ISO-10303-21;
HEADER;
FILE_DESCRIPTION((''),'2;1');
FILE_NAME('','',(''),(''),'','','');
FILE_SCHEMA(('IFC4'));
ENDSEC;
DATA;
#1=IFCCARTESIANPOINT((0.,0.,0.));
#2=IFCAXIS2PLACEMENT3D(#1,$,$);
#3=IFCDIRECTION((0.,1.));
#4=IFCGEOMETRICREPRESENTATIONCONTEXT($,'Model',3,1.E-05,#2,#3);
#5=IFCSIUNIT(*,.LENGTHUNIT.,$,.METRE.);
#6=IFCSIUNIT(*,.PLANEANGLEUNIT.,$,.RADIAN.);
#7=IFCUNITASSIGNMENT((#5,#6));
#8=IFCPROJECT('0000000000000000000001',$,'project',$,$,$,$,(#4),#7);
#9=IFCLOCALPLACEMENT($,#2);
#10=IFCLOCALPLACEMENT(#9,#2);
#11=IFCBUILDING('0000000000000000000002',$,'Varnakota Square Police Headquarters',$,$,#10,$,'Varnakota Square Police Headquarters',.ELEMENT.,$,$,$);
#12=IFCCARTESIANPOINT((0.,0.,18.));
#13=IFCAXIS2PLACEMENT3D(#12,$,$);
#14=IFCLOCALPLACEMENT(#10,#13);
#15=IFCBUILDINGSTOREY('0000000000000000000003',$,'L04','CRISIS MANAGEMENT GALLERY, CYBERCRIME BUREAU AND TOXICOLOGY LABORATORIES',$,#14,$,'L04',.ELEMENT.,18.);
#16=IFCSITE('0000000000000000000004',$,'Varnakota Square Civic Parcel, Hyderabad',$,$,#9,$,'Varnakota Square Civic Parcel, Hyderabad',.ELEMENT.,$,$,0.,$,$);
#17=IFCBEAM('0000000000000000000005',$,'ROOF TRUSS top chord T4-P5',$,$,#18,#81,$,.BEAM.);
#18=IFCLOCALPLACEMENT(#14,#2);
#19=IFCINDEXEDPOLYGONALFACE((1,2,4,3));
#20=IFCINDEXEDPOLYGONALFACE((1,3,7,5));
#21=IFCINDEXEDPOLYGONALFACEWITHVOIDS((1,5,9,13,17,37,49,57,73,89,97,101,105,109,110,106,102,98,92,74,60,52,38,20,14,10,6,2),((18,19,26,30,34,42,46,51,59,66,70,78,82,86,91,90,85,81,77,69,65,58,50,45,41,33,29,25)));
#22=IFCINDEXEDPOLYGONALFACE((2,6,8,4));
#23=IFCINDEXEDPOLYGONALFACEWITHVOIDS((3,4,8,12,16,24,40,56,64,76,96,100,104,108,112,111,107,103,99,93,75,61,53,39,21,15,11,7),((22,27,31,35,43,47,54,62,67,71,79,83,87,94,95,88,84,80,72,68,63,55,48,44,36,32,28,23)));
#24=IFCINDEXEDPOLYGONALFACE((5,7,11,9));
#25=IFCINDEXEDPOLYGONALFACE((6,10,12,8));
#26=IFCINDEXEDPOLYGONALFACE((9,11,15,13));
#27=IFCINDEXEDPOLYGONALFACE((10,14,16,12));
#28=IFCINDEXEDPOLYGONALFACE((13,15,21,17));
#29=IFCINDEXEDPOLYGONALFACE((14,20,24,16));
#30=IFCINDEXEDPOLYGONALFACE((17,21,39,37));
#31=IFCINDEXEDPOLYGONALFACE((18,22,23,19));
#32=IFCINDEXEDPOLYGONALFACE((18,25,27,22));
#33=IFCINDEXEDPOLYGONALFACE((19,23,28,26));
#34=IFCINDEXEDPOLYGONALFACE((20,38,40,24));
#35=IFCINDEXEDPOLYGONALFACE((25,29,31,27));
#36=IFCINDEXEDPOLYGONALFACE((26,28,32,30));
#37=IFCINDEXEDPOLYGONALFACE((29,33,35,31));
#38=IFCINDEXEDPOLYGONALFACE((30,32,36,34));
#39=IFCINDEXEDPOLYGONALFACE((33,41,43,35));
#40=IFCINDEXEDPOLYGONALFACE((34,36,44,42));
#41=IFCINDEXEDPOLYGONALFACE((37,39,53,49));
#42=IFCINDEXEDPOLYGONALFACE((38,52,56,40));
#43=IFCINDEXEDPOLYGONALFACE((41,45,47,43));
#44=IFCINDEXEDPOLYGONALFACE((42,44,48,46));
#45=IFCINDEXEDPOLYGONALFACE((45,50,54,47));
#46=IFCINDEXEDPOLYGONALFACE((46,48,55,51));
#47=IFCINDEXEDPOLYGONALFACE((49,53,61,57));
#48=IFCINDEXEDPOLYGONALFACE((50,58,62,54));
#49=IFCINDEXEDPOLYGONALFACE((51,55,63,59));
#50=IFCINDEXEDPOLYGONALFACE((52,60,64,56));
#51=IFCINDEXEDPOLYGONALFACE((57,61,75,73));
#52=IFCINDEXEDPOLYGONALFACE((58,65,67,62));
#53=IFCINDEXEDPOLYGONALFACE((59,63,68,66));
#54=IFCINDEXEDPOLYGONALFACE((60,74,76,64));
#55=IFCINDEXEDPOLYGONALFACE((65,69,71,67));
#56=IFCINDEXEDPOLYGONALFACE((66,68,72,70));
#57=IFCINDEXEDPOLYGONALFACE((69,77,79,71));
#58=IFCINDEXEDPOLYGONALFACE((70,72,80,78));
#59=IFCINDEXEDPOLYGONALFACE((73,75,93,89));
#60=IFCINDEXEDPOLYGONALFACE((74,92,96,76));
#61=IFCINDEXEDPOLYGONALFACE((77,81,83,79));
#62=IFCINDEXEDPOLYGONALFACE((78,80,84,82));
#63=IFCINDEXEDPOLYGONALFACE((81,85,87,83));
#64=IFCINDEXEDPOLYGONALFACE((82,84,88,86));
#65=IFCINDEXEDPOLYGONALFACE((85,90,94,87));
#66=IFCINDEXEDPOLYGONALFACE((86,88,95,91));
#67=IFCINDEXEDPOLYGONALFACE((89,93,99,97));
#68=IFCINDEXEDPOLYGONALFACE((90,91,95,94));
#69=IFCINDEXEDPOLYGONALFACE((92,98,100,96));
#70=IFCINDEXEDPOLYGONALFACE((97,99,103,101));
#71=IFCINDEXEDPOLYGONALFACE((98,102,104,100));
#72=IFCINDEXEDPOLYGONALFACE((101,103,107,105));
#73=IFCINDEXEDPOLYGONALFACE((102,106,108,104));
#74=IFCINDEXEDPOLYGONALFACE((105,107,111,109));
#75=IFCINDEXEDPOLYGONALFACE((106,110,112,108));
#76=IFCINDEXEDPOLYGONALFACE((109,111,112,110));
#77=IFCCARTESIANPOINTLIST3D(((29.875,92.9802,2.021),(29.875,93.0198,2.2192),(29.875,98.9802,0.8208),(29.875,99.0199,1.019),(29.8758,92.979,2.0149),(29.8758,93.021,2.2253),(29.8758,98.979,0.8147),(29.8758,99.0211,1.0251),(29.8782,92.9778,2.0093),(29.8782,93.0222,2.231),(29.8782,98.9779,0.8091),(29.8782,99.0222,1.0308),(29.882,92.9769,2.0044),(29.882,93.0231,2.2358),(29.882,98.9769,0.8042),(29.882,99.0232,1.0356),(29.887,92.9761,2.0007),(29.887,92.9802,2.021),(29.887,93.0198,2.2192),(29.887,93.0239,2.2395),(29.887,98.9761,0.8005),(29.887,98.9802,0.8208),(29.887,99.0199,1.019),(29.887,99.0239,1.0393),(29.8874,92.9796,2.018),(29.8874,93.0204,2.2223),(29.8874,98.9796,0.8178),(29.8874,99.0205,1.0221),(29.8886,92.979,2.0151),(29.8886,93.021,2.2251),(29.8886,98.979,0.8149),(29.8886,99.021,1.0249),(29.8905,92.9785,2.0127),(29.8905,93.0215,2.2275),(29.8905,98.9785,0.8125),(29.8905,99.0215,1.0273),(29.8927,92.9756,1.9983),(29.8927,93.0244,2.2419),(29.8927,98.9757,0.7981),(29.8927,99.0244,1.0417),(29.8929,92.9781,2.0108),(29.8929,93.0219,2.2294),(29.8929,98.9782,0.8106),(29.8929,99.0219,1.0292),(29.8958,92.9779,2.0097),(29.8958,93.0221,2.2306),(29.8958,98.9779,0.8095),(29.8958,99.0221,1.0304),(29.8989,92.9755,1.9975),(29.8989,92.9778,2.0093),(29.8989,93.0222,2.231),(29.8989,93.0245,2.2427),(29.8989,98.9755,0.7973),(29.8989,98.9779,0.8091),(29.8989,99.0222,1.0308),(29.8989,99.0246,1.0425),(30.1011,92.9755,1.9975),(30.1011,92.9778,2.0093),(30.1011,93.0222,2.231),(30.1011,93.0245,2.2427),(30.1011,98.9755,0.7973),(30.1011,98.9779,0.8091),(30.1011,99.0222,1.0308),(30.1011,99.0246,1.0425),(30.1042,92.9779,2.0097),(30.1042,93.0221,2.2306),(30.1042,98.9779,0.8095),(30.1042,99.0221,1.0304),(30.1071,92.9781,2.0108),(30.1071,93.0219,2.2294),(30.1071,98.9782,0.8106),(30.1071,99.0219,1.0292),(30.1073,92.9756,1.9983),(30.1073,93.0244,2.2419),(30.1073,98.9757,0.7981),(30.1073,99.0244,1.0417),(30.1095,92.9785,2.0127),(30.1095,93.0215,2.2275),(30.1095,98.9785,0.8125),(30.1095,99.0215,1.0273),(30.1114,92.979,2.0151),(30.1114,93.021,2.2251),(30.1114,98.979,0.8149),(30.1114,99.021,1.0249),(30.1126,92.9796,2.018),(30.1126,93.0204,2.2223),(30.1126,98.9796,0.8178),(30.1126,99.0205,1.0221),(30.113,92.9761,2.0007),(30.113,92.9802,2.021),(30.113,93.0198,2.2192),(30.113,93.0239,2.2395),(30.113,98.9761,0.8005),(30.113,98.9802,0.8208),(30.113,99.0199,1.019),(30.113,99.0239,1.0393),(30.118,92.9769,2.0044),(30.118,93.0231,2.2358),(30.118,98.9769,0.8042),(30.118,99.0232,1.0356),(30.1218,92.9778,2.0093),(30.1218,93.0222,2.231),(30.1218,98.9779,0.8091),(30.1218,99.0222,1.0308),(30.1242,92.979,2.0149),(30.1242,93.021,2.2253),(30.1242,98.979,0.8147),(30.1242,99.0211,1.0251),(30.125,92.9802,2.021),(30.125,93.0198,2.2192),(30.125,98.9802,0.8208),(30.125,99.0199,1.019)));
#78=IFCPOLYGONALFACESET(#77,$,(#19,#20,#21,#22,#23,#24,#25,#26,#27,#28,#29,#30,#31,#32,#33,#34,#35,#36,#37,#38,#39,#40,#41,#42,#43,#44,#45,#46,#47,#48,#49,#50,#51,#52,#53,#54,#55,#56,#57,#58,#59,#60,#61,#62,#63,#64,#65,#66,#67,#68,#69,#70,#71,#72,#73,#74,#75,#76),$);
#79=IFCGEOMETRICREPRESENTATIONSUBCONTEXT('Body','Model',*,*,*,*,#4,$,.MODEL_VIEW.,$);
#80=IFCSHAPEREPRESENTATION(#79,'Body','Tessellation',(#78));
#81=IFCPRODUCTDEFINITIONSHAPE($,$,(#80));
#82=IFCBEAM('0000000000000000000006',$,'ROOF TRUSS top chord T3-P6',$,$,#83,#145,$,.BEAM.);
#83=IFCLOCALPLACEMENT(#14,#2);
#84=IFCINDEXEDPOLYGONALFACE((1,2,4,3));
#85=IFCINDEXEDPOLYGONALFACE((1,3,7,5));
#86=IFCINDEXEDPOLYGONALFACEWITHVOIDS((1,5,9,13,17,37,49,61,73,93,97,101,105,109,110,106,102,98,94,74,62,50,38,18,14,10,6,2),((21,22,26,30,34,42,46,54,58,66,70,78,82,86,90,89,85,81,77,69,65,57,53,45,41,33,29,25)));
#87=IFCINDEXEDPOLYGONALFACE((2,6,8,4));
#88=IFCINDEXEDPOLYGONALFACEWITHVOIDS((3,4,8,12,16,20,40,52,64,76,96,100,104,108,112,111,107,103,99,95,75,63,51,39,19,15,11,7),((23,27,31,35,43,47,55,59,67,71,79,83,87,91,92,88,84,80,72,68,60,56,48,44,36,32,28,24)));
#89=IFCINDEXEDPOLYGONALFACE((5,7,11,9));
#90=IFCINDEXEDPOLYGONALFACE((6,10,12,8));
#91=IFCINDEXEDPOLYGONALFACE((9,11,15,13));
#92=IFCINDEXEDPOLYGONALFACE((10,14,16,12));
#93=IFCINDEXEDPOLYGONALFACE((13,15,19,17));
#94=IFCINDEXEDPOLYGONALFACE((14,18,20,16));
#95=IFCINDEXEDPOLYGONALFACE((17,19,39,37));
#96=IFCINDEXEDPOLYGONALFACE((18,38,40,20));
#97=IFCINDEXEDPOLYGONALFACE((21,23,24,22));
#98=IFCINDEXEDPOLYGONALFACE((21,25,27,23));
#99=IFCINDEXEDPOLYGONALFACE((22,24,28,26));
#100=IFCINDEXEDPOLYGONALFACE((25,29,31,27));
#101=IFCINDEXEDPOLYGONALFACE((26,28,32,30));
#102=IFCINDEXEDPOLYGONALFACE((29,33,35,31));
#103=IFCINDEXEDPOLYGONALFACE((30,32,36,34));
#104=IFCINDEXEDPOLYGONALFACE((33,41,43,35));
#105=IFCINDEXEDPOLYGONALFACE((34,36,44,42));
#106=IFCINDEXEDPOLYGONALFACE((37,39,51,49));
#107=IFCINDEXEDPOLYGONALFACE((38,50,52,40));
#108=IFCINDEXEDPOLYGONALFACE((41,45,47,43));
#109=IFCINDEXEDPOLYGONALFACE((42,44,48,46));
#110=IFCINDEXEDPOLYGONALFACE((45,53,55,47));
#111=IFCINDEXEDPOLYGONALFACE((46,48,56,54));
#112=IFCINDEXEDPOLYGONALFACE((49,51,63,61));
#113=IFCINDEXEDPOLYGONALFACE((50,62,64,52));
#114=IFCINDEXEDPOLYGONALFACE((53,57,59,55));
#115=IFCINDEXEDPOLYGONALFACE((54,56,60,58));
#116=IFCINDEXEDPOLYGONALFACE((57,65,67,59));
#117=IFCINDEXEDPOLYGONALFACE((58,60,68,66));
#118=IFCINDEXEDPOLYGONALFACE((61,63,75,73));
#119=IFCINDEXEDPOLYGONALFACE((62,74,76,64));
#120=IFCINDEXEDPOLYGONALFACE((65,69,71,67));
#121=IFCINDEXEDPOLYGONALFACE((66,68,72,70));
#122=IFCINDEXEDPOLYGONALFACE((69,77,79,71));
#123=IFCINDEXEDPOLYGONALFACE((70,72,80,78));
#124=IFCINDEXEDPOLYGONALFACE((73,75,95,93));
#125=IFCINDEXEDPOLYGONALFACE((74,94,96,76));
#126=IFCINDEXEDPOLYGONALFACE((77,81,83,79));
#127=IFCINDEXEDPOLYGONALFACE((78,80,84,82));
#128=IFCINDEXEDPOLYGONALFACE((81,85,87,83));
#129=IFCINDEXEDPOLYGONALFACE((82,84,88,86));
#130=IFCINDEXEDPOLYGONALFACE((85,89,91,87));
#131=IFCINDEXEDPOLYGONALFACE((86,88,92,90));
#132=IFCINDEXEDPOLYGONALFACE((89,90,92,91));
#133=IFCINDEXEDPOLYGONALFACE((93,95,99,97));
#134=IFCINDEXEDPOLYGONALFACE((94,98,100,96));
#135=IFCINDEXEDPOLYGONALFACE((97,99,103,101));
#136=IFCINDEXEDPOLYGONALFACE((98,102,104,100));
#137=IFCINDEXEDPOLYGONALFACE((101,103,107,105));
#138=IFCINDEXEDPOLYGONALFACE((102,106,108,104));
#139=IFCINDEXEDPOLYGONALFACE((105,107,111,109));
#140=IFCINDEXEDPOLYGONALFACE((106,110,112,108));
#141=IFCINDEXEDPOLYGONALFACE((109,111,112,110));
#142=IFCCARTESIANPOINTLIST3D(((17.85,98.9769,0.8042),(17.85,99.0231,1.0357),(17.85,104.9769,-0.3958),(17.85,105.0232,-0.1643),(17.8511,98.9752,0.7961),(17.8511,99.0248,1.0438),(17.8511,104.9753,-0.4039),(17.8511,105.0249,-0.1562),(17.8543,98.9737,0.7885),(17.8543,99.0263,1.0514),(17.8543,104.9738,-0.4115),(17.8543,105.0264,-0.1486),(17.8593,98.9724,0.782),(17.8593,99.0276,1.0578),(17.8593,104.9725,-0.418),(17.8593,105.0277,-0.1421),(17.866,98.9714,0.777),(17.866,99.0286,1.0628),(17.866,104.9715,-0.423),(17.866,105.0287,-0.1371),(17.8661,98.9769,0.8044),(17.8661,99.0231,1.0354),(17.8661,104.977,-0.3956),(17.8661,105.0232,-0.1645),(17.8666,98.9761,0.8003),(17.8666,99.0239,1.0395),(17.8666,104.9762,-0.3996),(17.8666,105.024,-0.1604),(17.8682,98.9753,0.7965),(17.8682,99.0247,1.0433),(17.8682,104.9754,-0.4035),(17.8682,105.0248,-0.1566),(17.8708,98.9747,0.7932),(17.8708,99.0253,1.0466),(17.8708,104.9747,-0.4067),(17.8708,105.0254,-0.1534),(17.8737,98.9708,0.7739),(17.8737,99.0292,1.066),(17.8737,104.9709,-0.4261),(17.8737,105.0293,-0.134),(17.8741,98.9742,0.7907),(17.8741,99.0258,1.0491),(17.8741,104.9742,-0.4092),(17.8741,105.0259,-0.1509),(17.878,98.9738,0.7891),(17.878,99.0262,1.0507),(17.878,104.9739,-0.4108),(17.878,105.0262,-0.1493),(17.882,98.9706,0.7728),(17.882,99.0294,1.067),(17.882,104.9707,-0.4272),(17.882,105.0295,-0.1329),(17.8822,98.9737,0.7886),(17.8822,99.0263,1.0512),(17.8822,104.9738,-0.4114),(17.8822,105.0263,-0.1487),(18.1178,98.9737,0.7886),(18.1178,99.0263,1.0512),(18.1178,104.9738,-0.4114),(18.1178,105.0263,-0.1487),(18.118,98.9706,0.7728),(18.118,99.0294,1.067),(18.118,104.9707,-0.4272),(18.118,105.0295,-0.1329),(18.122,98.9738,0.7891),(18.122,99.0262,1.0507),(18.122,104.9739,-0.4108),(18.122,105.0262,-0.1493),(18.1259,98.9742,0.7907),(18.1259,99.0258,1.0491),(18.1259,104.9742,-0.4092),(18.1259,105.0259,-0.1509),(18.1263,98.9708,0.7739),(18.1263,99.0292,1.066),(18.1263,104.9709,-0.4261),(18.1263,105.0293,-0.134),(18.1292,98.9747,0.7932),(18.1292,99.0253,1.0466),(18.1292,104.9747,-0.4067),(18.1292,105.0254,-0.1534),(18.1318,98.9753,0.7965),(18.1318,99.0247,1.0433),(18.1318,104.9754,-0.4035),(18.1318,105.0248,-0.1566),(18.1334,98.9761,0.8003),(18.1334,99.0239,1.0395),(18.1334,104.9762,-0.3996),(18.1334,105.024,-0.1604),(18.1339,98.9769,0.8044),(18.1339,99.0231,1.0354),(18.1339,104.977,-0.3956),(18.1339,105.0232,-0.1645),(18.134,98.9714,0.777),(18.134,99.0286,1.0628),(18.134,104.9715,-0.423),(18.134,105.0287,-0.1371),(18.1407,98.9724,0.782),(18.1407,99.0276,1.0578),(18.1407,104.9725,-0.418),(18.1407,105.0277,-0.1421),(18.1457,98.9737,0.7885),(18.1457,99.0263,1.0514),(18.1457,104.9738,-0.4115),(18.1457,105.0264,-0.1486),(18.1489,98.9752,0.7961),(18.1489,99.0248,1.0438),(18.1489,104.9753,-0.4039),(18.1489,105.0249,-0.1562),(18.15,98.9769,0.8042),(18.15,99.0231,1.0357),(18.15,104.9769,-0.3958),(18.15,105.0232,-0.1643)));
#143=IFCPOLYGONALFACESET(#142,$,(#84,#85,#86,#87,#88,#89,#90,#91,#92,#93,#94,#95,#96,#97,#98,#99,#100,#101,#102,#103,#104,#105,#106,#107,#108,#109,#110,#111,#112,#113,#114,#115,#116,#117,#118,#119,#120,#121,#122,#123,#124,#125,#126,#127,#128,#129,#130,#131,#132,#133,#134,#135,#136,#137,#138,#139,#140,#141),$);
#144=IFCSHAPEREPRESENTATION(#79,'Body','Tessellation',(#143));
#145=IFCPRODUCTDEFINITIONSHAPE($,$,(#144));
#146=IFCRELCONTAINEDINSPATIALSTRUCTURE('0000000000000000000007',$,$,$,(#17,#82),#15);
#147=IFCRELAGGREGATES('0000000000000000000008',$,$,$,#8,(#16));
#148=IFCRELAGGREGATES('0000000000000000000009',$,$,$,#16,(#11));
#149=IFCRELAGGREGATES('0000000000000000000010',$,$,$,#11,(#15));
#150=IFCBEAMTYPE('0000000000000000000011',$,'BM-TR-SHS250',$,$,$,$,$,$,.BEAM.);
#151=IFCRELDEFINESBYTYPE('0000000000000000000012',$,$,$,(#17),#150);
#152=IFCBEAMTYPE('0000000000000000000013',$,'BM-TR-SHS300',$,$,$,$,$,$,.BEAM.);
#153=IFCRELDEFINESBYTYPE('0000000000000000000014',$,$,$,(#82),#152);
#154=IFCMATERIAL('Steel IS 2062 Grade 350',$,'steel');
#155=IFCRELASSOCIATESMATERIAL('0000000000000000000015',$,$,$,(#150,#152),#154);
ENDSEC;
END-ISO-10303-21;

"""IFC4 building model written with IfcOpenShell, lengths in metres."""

from ifc_helpers import new_model, si_unit, direction, frame, origin, origin_2d, place, context, subcontext, project, spatial, hollow_rectangle, extrude, material, material_profile, profile_set, type_object, element, save


model = new_model("IFC4")

# Units and contexts
model_context = context("Model", 3, precision=1e-05, world=origin(), true_north=direction((0.0, 1.0)))
body_context = subcontext(model_context, "Body", "Model", "MODEL_VIEW")
ifc_project = project(units=[si_unit("LENGTHUNIT", "METRE"), si_unit("PLANEANGLEUNIT", "RADIAN")], contexts=[model_context])

# Site, building, storey
site_placement = place(None, origin())
site = spatial("IfcSite", under=ifc_project, at=site_placement, Name="Varnakota Square Civic Parcel, Hyderabad", LongName="Varnakota Square Civic Parcel, Hyderabad", CompositionType="ELEMENT", RefElevation=0.0)
building_placement = place(site_placement, origin())
building = spatial("IfcBuilding", under=site, at=building_placement, Name="Varnakota Square Police Headquarters", LongName="Varnakota Square Police Headquarters", CompositionType="ELEMENT")
storey_placement = place(building_placement, frame((0.0, 0.0, 18.0)))
storey = spatial("IfcBuildingStorey", under=building, at=storey_placement, Name="L04", Description="CRISIS MANAGEMENT GALLERY, CYBERCRIME BUREAU AND TOXICOLOGY LABORATORIES", LongName="L04", CompositionType="ELEMENT", Elevation=18.0)

# Beams
ifc_material_1 = material(Name="Steel IS 2062 Grade 350", Category="steel")
ifc_material_profile_1 = material_profile(ifc_material_1, hollow_rectangle(XDim=0.25, YDim=0.25, WallThickness=0.012, InnerFilletRadius=0.012, OuterFilletRadius=0.0239, at=origin_2d()), Name="SHS 250x250x12")
ifc_profile_set_1 = profile_set([ifc_material_profile_1], Name="Steel IS 2062 Grade 350")
beam_type_1 = type_object("IfcBeamType", Name="BM-TR-SHS250", PredefinedType="BEAM", material=ifc_profile_set_1)
for number, where, z_axis, x_axis, name in (
    (1, (30.0, 93.0, 2.1201), (0.0, 0.980575, -0.196147), (-1.0, 0.0, 0.0), "ROOF TRUSS top chord T4-P5"),
):
    element("IfcBeam", number, at=place(storey_placement, frame(where, z_axis=z_axis, x_axis=x_axis)), inside=storey, type_object=beam_type_1, Name=name, PredefinedType="BEAM", context=body_context, shape_type="SweptSolid", body=[
        extrude(hollow_rectangle(XDim=0.25, YDim=0.25, WallThickness=0.012, InnerFilletRadius=0.012, OuterFilletRadius=0.0239, at=origin_2d()), origin(), (0.0, 0.0, 1.0), 6.1189),
    ])
ifc_material_profile_2 = material_profile(ifc_material_1, hollow_rectangle(XDim=0.3, YDim=0.3, WallThickness=0.0161, InnerFilletRadius=0.0161, OuterFilletRadius=0.032, at=origin_2d()), Name="SHS 300x300x16")
ifc_profile_set_2 = profile_set([ifc_material_profile_2], Name="Steel IS 2062 Grade 350")
beam_type_2 = type_object("IfcBeamType", Name="BM-TR-SHS300", PredefinedType="BEAM", material=ifc_profile_set_2)
for number, where, z_axis, x_axis, name in (
    (2, (18.0, 99.0, 0.9199), (0.0, 0.980582, -0.196108), (-1.0, 0.0, 0.0), "ROOF TRUSS top chord T3-P6"),
):
    element("IfcBeam", number, at=place(storey_placement, frame(where, z_axis=z_axis, x_axis=x_axis)), inside=storey, type_object=beam_type_2, Name=name, PredefinedType="BEAM", context=body_context, shape_type="SweptSolid", body=[
        extrude(hollow_rectangle(XDim=0.3, YDim=0.3, WallThickness=0.0161, InnerFilletRadius=0.0161, OuterFilletRadius=0.032, at=origin_2d()), origin(), (0.0, 0.0, 1.0), 6.1189),
    ])

save(model, "model.ifc")
